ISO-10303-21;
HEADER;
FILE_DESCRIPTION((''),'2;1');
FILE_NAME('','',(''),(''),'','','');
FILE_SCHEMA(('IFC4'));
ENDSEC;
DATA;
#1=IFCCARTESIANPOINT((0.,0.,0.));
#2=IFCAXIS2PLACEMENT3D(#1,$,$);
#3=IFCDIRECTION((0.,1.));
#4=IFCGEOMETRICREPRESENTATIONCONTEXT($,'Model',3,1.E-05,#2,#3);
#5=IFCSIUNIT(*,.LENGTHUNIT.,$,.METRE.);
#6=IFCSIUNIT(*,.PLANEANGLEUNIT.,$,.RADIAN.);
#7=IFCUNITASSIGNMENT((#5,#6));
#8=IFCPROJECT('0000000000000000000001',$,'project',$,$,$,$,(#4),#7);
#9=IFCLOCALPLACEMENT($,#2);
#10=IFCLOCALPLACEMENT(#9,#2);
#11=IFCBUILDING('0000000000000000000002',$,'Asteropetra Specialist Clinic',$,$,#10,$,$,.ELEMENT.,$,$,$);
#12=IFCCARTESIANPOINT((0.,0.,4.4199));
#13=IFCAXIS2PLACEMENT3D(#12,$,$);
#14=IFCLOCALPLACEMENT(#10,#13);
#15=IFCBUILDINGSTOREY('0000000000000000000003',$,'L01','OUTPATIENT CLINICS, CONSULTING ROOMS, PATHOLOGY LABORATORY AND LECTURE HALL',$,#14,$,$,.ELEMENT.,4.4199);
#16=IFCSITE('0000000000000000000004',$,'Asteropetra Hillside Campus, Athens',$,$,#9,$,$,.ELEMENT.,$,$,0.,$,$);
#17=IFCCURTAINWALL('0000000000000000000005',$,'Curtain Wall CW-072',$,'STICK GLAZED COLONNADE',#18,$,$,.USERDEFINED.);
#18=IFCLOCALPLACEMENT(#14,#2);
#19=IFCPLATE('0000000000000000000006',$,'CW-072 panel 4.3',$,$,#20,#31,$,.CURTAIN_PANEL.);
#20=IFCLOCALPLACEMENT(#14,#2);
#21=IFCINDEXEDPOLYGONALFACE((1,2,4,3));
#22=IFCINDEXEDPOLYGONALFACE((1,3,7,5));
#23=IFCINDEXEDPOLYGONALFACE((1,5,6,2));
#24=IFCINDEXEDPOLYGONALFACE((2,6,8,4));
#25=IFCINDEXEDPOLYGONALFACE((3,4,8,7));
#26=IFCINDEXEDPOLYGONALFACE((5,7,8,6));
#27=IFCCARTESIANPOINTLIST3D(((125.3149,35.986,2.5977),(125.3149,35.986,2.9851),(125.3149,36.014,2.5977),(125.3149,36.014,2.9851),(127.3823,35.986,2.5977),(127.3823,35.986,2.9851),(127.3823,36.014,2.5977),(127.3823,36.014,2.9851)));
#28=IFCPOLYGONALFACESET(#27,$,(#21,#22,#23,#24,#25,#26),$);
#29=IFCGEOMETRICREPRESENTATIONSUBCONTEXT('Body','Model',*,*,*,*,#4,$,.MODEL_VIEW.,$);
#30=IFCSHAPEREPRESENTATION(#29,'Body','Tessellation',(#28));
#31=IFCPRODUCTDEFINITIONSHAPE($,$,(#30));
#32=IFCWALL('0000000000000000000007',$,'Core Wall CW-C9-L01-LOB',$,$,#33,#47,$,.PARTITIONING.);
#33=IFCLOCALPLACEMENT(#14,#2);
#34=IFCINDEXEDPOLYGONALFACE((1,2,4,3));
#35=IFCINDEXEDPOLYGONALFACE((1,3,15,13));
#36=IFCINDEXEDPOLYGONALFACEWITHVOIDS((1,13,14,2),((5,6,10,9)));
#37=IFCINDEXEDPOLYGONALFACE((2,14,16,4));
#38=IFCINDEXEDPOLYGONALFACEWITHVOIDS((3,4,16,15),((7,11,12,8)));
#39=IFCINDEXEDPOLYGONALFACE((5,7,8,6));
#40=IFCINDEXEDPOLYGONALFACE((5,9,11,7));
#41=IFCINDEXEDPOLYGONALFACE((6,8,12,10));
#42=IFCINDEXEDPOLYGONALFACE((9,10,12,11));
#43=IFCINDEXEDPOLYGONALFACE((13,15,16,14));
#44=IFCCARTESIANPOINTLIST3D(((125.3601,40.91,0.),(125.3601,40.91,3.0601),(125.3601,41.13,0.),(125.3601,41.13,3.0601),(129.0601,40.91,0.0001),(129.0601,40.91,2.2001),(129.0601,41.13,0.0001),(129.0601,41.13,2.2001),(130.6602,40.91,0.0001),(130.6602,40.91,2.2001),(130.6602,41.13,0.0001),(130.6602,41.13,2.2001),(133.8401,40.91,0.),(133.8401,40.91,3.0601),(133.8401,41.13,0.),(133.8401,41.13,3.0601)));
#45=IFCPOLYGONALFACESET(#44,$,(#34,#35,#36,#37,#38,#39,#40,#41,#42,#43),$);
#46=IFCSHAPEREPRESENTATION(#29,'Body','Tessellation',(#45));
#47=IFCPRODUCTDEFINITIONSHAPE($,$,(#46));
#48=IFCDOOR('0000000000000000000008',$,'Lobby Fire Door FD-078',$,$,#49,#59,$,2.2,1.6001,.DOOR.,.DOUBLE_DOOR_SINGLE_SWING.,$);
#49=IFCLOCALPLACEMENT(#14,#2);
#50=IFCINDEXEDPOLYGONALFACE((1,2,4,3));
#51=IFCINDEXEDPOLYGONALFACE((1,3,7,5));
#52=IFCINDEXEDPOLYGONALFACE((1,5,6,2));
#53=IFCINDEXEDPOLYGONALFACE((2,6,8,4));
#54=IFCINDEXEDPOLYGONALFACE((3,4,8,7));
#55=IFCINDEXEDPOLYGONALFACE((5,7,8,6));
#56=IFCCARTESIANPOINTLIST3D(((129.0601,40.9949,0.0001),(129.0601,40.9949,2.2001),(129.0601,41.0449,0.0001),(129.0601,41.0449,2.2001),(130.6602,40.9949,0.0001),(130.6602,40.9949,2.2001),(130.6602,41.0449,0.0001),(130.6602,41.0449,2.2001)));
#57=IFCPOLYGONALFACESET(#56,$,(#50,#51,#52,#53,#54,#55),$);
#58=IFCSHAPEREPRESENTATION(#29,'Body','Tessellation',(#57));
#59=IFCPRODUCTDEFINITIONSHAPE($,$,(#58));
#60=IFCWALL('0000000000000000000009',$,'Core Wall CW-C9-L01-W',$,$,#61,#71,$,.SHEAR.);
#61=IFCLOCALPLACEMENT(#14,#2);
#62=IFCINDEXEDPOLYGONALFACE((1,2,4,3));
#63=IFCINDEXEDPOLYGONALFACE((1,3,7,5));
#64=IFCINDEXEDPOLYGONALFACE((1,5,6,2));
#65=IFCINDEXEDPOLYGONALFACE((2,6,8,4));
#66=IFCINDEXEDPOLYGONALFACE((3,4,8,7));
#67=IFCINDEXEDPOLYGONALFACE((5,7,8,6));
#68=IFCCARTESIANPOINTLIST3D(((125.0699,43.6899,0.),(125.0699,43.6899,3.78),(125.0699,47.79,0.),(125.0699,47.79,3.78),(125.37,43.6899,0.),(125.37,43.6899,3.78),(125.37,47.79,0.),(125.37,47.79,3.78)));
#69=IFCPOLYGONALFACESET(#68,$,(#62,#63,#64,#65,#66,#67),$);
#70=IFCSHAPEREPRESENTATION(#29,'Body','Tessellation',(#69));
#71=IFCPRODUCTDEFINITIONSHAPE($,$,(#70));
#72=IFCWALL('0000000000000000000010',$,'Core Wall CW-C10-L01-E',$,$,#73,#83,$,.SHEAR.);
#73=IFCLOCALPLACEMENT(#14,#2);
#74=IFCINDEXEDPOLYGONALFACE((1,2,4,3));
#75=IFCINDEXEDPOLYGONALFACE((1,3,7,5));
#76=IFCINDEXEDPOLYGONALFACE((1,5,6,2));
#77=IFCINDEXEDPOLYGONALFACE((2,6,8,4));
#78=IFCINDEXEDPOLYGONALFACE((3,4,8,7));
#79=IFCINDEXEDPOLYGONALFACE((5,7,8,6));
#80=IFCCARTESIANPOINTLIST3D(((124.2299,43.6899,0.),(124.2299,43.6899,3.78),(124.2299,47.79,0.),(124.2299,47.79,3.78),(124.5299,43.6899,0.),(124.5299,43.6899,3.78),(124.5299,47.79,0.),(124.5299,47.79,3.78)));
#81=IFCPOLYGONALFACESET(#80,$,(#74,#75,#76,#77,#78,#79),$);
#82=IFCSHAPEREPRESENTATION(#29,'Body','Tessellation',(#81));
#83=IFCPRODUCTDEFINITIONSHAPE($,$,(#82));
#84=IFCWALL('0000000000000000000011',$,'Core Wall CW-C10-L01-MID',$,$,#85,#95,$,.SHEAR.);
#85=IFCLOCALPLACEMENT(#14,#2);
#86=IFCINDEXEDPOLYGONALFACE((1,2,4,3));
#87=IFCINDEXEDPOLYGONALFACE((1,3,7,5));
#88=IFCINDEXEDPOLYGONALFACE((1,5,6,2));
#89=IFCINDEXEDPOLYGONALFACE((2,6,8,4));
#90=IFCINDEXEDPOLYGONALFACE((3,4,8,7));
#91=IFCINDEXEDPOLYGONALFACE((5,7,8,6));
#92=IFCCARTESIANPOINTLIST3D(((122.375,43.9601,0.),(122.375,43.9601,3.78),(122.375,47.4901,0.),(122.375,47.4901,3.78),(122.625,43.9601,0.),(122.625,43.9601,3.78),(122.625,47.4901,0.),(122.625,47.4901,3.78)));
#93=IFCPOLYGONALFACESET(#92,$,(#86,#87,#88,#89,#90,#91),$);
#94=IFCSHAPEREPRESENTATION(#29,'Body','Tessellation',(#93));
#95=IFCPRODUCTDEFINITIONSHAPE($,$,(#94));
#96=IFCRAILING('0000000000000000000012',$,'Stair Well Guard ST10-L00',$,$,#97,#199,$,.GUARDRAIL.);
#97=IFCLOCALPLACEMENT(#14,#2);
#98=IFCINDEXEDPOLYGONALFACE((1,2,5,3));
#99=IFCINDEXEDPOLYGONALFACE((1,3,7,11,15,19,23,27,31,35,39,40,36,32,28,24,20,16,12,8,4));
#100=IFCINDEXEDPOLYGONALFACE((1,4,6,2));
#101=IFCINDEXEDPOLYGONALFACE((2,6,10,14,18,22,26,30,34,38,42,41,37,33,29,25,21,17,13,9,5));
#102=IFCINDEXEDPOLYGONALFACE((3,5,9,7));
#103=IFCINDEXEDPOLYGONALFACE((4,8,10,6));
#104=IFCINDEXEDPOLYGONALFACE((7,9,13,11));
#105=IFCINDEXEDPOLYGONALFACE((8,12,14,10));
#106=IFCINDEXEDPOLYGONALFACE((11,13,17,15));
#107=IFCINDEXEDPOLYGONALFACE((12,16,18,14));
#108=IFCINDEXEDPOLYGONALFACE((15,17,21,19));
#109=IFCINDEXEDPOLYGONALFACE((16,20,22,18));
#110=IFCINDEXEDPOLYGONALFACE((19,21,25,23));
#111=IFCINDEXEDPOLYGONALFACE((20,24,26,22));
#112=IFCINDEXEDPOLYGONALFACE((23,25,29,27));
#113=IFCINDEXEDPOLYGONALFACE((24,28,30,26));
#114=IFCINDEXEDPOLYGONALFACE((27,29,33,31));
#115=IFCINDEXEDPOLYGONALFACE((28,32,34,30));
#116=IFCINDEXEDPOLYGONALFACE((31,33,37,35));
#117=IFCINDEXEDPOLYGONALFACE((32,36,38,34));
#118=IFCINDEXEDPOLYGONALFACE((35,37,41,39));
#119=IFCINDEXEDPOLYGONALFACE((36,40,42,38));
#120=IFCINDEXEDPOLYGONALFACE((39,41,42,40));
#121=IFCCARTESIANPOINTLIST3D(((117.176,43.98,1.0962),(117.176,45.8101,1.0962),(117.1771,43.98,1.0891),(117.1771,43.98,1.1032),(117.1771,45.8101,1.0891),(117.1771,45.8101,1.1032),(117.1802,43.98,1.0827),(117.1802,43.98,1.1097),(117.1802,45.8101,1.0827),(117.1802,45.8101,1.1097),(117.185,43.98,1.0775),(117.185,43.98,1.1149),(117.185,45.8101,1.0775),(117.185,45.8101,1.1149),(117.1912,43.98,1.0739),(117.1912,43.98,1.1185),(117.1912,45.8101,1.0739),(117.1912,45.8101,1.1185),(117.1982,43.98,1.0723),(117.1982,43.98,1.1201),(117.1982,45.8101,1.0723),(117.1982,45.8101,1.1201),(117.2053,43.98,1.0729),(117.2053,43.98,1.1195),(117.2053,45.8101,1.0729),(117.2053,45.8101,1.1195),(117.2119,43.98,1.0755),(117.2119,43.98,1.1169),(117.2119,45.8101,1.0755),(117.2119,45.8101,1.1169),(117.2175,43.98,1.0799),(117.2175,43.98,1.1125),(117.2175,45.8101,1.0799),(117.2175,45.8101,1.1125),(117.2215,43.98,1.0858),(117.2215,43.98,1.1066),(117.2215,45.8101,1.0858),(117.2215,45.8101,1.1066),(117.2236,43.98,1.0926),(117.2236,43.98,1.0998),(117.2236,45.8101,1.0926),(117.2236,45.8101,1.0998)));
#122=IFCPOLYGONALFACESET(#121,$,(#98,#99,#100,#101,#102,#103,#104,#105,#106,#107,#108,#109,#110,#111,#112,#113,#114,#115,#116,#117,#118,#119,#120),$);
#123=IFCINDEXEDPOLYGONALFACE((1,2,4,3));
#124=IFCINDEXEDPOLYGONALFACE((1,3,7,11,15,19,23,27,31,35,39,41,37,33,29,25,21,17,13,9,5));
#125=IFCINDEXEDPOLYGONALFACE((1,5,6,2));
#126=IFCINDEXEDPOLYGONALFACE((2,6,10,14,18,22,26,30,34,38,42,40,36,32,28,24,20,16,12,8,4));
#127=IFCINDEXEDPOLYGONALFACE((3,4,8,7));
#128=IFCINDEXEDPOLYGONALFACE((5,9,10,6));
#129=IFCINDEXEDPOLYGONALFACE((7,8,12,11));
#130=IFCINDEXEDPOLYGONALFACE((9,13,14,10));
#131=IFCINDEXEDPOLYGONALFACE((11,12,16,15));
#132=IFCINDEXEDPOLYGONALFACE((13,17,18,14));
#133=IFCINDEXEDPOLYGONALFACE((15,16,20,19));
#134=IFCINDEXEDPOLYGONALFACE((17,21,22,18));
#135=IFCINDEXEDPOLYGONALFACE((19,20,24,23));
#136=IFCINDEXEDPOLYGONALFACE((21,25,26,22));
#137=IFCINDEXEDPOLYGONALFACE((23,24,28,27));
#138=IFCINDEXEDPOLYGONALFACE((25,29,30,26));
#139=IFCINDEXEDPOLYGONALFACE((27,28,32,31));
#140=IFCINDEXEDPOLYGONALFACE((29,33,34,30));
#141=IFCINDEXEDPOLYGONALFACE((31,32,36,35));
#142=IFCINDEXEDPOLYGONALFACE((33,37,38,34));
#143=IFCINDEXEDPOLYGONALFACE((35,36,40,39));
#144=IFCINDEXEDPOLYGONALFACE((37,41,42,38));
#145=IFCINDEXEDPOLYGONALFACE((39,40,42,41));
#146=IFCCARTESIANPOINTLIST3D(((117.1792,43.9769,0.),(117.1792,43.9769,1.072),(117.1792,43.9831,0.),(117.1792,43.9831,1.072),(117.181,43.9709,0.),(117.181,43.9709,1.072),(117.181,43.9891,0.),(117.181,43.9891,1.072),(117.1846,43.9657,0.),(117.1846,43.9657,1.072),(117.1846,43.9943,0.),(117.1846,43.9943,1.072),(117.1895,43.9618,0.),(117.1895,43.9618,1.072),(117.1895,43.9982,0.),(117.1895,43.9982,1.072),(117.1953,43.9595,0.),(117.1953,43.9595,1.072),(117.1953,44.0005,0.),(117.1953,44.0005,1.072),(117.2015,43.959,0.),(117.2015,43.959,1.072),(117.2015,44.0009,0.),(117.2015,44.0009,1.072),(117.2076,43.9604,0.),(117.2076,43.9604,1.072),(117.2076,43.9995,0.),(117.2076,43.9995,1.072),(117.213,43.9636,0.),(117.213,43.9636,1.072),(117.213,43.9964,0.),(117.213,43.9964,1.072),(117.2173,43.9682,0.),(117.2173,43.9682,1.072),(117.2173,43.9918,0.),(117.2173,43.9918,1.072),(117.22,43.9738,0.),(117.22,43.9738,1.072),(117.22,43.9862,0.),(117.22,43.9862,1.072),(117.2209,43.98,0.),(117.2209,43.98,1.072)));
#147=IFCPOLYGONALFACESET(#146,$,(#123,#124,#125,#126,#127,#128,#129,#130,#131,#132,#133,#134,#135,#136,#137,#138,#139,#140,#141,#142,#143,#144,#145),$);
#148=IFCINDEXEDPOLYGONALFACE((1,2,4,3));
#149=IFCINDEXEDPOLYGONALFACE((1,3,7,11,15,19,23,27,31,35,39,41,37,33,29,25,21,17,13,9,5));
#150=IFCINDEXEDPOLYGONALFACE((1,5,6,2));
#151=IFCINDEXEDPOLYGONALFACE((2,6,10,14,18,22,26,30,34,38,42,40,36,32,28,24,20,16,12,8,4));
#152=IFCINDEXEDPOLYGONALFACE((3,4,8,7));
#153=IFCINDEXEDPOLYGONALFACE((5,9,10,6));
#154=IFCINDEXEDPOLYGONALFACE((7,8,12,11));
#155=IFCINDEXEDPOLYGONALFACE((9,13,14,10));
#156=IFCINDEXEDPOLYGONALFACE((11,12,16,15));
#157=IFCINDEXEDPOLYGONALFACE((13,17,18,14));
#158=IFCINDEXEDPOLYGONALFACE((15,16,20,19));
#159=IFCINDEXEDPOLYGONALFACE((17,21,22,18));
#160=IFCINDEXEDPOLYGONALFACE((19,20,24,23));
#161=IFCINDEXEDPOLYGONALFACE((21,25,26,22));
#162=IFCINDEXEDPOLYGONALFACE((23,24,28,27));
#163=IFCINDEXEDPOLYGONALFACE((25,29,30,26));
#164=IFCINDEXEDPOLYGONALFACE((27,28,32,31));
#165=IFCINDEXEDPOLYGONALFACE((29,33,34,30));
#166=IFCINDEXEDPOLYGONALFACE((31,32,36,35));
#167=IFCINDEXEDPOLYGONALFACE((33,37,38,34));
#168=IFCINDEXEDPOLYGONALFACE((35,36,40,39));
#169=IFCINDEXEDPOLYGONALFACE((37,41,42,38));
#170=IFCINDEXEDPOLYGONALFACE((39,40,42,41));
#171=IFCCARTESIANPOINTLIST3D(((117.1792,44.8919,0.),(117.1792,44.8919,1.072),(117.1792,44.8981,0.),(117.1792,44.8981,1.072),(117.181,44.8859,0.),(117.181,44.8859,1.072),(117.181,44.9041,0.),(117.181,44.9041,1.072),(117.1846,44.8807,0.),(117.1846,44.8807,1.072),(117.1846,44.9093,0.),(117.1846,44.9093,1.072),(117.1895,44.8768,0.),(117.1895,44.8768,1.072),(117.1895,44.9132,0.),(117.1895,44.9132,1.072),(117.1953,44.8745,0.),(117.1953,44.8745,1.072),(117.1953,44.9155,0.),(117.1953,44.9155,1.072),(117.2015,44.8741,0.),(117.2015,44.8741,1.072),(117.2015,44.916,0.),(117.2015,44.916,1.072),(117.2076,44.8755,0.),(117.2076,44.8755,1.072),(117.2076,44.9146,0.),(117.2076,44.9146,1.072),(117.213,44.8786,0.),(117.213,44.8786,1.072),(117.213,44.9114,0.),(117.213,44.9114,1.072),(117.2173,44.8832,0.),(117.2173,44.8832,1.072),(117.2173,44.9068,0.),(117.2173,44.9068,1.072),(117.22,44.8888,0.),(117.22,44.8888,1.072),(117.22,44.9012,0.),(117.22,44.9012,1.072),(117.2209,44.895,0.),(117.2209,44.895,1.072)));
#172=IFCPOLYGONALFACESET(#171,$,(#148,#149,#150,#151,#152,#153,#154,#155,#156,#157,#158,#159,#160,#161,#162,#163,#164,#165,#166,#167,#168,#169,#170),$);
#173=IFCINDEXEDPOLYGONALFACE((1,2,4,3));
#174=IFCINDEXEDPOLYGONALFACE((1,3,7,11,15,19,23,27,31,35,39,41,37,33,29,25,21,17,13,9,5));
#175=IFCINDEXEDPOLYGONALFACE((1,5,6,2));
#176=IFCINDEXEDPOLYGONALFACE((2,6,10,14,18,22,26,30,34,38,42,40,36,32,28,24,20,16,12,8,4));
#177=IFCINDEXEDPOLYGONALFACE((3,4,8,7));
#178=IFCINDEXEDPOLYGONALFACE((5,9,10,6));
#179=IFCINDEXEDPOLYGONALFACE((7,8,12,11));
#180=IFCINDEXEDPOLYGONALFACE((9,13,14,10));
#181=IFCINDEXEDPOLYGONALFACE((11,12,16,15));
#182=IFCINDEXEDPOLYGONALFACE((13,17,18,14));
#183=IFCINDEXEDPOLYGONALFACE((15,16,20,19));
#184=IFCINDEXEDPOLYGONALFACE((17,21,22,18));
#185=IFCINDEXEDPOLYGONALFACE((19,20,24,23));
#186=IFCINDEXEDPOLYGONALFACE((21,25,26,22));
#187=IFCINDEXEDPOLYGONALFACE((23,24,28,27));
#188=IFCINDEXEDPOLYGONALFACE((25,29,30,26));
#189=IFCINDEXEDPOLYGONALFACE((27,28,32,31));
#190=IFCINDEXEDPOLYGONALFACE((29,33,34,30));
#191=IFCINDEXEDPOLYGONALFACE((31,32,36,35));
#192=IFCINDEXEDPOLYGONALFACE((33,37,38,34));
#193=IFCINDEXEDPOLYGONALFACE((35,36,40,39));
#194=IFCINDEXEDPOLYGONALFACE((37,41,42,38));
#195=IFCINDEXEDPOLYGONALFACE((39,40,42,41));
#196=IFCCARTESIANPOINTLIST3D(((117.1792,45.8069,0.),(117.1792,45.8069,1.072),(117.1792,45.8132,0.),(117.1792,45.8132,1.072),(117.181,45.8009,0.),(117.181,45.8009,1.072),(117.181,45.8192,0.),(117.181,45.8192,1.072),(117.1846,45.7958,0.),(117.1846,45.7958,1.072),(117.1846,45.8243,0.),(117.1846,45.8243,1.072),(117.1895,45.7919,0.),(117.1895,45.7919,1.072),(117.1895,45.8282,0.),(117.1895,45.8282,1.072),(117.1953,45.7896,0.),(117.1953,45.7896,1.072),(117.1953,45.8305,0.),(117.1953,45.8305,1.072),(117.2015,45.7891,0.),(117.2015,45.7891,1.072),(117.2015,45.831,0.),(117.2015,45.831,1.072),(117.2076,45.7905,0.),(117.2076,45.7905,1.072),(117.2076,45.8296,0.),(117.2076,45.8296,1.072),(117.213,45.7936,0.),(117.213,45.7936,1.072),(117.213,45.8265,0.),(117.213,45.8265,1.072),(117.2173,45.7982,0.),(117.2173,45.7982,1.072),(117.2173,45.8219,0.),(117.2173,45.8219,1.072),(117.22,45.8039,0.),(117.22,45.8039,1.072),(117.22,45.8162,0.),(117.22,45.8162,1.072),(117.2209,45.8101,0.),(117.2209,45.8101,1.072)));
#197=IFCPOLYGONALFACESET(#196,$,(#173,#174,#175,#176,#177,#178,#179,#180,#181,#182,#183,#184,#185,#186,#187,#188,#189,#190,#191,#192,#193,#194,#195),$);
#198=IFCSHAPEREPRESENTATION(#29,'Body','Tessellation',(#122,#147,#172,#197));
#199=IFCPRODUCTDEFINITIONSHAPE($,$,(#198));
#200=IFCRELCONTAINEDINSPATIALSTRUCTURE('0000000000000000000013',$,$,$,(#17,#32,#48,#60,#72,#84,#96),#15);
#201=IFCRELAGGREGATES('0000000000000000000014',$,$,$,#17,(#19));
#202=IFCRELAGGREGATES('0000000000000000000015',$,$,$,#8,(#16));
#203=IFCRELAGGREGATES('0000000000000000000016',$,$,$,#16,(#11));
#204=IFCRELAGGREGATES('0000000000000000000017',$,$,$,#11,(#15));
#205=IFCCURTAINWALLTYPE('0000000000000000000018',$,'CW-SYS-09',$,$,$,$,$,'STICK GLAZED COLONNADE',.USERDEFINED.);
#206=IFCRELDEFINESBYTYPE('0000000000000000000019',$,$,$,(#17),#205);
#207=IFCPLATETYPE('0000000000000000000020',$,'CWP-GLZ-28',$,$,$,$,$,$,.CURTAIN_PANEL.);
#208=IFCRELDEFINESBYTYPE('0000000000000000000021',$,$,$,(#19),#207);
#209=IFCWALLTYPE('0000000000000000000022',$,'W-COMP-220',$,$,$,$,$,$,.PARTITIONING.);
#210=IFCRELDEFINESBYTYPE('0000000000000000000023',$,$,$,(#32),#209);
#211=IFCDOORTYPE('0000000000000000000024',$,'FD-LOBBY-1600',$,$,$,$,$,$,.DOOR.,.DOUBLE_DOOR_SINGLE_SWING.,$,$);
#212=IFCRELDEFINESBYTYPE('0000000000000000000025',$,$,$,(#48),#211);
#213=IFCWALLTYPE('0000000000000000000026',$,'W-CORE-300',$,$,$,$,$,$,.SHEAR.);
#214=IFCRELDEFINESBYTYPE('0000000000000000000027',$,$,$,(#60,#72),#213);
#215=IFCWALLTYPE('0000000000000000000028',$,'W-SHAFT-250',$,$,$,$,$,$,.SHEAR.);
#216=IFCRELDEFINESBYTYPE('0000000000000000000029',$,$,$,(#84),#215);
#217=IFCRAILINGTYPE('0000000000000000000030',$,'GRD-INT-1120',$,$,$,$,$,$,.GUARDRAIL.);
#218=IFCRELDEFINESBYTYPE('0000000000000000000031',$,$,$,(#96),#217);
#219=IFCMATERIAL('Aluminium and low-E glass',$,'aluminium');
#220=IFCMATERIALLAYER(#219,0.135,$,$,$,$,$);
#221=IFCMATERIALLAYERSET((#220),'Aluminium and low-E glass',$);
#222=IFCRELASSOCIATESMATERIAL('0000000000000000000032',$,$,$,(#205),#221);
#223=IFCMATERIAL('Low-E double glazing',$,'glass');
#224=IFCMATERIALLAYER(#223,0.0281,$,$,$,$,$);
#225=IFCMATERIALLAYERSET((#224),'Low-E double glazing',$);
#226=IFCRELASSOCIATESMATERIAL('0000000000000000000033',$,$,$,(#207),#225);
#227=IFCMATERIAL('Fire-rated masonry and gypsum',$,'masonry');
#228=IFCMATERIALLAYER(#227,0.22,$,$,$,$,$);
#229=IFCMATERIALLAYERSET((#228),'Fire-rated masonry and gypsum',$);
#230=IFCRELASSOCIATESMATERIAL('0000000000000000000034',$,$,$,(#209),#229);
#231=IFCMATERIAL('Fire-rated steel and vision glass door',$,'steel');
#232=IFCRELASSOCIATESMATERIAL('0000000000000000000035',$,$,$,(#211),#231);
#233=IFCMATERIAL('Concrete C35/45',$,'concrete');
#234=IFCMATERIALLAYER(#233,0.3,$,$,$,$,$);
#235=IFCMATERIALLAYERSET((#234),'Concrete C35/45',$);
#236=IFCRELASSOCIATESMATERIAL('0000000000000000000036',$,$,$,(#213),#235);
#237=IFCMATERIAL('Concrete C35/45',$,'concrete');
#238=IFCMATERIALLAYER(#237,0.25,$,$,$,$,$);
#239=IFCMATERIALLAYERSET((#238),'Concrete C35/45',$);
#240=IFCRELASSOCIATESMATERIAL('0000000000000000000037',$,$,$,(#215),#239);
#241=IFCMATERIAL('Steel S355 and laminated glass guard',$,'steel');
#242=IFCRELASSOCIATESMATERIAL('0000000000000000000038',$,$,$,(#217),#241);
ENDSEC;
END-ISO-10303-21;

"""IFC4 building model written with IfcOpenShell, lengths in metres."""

from ifc_helpers import new_model, si_unit, direction, frame, frame_2d, origin, origin_2d, place, context, subcontext, project, spatial, rectangle, circle, extrude, material, layer, layer_set, type_object, element, fill, aggregate, save


model = new_model("IFC4")

# Units and contexts
model_context = context("Model", 3, precision=1e-05, world=origin(), true_north=direction((0.0, 1.0)))
body_context = subcontext(model_context, "Body", "Model", "MODEL_VIEW")
ifc_project = project(units=[si_unit("LENGTHUNIT", "METRE"), si_unit("PLANEANGLEUNIT", "RADIAN")], contexts=[model_context])

# Site, building, storey
site_placement = place(None, origin())
site = spatial("IfcSite", under=ifc_project, at=site_placement, Name="Asteropetra Hillside Campus, Athens", CompositionType="ELEMENT", RefElevation=0.0)
building_placement = place(site_placement, origin())
building = spatial("IfcBuilding", under=site, at=building_placement, Name="Asteropetra Specialist Clinic", CompositionType="ELEMENT")
storey_placement = place(building_placement, frame((0.0, 0.0, 4.4199)))
storey = spatial("IfcBuildingStorey", under=building, at=storey_placement, Name="L01", Description="OUTPATIENT CLINICS, CONSULTING ROOMS, PATHOLOGY LABORATORY AND LECTURE HALL", CompositionType="ELEMENT", Elevation=4.4199)

# Curtain wall, plate
ifc_material_1 = material(Name="Aluminium and low-E glass", Category="aluminium")
ifc_layer_1 = layer(ifc_material_1, 0.135)
ifc_layer_set_1 = layer_set([ifc_layer_1], Name="Aluminium and low-E glass")
curtain_wall_type = type_object("IfcCurtainWallType", Name="CW-SYS-09", ElementType="STICK GLAZED COLONNADE", PredefinedType="USERDEFINED", material=ifc_layer_set_1)
curtain_wall_placement = place(storey_placement, origin())
curtain_wall = element("IfcCurtainWall", 1, at=curtain_wall_placement, inside=storey, type_object=curtain_wall_type, Name="Curtain Wall CW-072", ObjectType="STICK GLAZED COLONNADE", PredefinedType="USERDEFINED")
ifc_material_2 = material(Name="Low-E double glazing", Category="glass")
ifc_layer_2 = layer(ifc_material_2, 0.0281)
ifc_layer_set_2 = layer_set([ifc_layer_2], Name="Low-E double glazing")
plate_type = type_object("IfcPlateType", Name="CWP-GLZ-28", PredefinedType="CURTAIN_PANEL", material=ifc_layer_set_2)
plate_1_placement = place(storey_placement, frame((126.3486, 36.0, 2.5977), z_axis=(0.0, 0.0, 1.0), x_axis=(-1.0, 0.0, 0.0)))
plate_1 = element("IfcPlate", 2, at=plate_1_placement, type_object=plate_type, Name="CW-072 panel 4.3", PredefinedType="CURTAIN_PANEL", context=body_context, shape_type="SweptSolid", body=[
    extrude(rectangle(XDim=2.0674, YDim=0.0281, at=origin_2d()), origin(), (0.0, 0.0, 1.0), 0.3875),
])
aggregate(curtain_wall, [plate_1])

# Wall, opening, door
ifc_material_3 = material(Name="Fire-rated masonry and gypsum", Category="masonry")
ifc_layer_3 = layer(ifc_material_3, 0.22)
ifc_layer_set_3 = layer_set([ifc_layer_3], Name="Fire-rated masonry and gypsum")
wall_type_1 = type_object("IfcWallType", Name="W-COMP-220", PredefinedType="PARTITIONING", material=ifc_layer_set_3)
wall_1_placement = place(storey_placement, frame((125.3601, 41.02, 0.0), z_axis=(0.0, 0.0, 1.0), x_axis=(1.0, 0.0, 0.0)))
wall_1 = element("IfcWall", 3, at=wall_1_placement, inside=storey, type_object=wall_type_1, Name="Core Wall CW-C9-L01-LOB", PredefinedType="PARTITIONING", context=body_context, shape_type="SweptSolid", body=[
    extrude(rectangle(XDim=8.48, YDim=0.22, at=frame_2d((4.24, 0.0))), origin(), (0.0, 0.0, 1.0), 3.0601),
])
opening_1_placement = place(wall_1_placement, frame((3.7, 0.0, 0.0)))
opening_1 = element("IfcOpeningElement", 4, at=opening_1_placement, cuts=wall_1, PredefinedType="OPENING", context=body_context, shape_type="SweptSolid", body=[
    extrude(rectangle(XDim=1.6001, YDim=2.2, at=frame_2d((0.8, 1.1001))), frame((0.0, 0.1199, 0.0), z_axis=(0.0, -1.0, 0.0), x_axis=(1.0, 0.0, 0.0)), (0.0, 0.0, 1.0), 0.24),
])
ifc_material_4 = material(Name="Fire-rated steel and vision glass door", Category="steel")
door_type_1 = type_object("IfcDoorType", Name="FD-LOBBY-1600", OperationType="DOUBLE_DOOR_SINGLE_SWING", PredefinedType="DOOR", material=ifc_material_4)
door_1_placement = place(opening_1_placement, origin())
door_1 = element("IfcDoor", 5, at=door_1_placement, inside=storey, type_object=door_type_1, Name="Lobby Fire Door FD-078", OperationType="DOUBLE_DOOR_SINGLE_SWING", OverallHeight=2.2, OverallWidth=1.6001, PredefinedType="DOOR", context=body_context, shape_type="SweptSolid", body=[
    extrude(rectangle(XDim=1.6001, YDim=2.2, at=frame_2d((0.8, 1.1001))), frame((0.0, 0.0249, 0.0), z_axis=(0.0, -1.0, 0.0), x_axis=(1.0, 0.0, 0.0)), (0.0, 0.0, 1.0), 0.05),
])
fill(opening_1, door_1)

# Walls
ifc_material_5 = material(Name="Concrete C35/45", Category="concrete")
ifc_layer_4 = layer(ifc_material_5, 0.3)
ifc_layer_set_4 = layer_set([ifc_layer_4], Name="Concrete C35/45")
wall_type_2 = type_object("IfcWallType", Name="W-CORE-300", PredefinedType="SHEAR", material=ifc_layer_set_4)
for number, where, z_axis, x_axis, name in (
    (6, (125.22, 43.6899, 0.0), (0.0, 0.0, 1.0), (0.0, 1.0, 0.0), "Core Wall CW-C9-L01-W"),
    (7, (124.3799, 43.6899, 0.0), (0.0, 0.0, 1.0), (0.0, 1.0, 0.0), "Core Wall CW-C10-L01-E"),
):
    element("IfcWall", number, at=place(storey_placement, frame(where, z_axis=z_axis, x_axis=x_axis)), inside=storey, type_object=wall_type_2, Name=name, PredefinedType="SHEAR", context=body_context, shape_type="SweptSolid", body=[
        extrude(rectangle(XDim=4.1001, YDim=0.3, at=frame_2d((2.05, 0.0))), origin(), (0.0, 0.0, 1.0), 3.78),
    ])

# Shared definitions
ifc_material_6 = material(Name="Concrete C35/45", Category="concrete")
ifc_layer_5 = layer(ifc_material_6, 0.25)
ifc_layer_set_5 = layer_set([ifc_layer_5], Name="Concrete C35/45")
wall_type_3 = type_object("IfcWallType", Name="W-SHAFT-250", PredefinedType="SHEAR", material=ifc_layer_set_5)

# Wall
wall_2_placement = place(storey_placement, frame((122.5, 43.96, 0.0), z_axis=(0.0, 0.0, 1.0), x_axis=(0.0, 1.0, 0.0)))
element("IfcWall", 8, at=wall_2_placement, inside=storey, type_object=wall_type_3, Name="Core Wall CW-C10-L01-MID", PredefinedType="SHEAR", context=body_context, shape_type="SweptSolid", body=[
    extrude(rectangle(XDim=3.53, YDim=0.25, at=frame_2d((1.7651, 0.0))), origin(), (0.0, 0.0, 1.0), 3.78),
])

# Railing
ifc_material_7 = material(Name="Steel S355 and laminated glass guard", Category="steel")
railing_type = type_object("IfcRailingType", Name="GRD-INT-1120", PredefinedType="GUARDRAIL", material=ifc_material_7)
railing_placement = place(storey_placement, frame((117.2, 43.98, 0.0)))
element("IfcRailing", 9, at=railing_placement, inside=storey, type_object=railing_type, Name="Stair Well Guard ST10-L00", PredefinedType="GUARDRAIL", context=body_context, shape_type="SweptSolid", body=[
    extrude(circle(Radius=0.0239, at=origin_2d()), frame((0.0, 0.0, 1.0962), z_axis=(0.0, 1.0, 0.0), x_axis=(-1.0, 0.0, 0.0)), (0.0, 0.0, 1.0), 1.8301),
    extrude(circle(Radius=0.021, at=origin_2d()), origin(), (0.0, 0.0, 1.0), 1.072),
    extrude(circle(Radius=0.021, at=origin_2d()), frame((0.0, 0.915, 0.0)), (0.0, 0.0, 1.0), 1.072),
    extrude(circle(Radius=0.021, at=origin_2d()), frame((0.0, 1.8301, 0.0)), (0.0, 0.0, 1.0), 1.072),
])

save(model, "model.ifc")
